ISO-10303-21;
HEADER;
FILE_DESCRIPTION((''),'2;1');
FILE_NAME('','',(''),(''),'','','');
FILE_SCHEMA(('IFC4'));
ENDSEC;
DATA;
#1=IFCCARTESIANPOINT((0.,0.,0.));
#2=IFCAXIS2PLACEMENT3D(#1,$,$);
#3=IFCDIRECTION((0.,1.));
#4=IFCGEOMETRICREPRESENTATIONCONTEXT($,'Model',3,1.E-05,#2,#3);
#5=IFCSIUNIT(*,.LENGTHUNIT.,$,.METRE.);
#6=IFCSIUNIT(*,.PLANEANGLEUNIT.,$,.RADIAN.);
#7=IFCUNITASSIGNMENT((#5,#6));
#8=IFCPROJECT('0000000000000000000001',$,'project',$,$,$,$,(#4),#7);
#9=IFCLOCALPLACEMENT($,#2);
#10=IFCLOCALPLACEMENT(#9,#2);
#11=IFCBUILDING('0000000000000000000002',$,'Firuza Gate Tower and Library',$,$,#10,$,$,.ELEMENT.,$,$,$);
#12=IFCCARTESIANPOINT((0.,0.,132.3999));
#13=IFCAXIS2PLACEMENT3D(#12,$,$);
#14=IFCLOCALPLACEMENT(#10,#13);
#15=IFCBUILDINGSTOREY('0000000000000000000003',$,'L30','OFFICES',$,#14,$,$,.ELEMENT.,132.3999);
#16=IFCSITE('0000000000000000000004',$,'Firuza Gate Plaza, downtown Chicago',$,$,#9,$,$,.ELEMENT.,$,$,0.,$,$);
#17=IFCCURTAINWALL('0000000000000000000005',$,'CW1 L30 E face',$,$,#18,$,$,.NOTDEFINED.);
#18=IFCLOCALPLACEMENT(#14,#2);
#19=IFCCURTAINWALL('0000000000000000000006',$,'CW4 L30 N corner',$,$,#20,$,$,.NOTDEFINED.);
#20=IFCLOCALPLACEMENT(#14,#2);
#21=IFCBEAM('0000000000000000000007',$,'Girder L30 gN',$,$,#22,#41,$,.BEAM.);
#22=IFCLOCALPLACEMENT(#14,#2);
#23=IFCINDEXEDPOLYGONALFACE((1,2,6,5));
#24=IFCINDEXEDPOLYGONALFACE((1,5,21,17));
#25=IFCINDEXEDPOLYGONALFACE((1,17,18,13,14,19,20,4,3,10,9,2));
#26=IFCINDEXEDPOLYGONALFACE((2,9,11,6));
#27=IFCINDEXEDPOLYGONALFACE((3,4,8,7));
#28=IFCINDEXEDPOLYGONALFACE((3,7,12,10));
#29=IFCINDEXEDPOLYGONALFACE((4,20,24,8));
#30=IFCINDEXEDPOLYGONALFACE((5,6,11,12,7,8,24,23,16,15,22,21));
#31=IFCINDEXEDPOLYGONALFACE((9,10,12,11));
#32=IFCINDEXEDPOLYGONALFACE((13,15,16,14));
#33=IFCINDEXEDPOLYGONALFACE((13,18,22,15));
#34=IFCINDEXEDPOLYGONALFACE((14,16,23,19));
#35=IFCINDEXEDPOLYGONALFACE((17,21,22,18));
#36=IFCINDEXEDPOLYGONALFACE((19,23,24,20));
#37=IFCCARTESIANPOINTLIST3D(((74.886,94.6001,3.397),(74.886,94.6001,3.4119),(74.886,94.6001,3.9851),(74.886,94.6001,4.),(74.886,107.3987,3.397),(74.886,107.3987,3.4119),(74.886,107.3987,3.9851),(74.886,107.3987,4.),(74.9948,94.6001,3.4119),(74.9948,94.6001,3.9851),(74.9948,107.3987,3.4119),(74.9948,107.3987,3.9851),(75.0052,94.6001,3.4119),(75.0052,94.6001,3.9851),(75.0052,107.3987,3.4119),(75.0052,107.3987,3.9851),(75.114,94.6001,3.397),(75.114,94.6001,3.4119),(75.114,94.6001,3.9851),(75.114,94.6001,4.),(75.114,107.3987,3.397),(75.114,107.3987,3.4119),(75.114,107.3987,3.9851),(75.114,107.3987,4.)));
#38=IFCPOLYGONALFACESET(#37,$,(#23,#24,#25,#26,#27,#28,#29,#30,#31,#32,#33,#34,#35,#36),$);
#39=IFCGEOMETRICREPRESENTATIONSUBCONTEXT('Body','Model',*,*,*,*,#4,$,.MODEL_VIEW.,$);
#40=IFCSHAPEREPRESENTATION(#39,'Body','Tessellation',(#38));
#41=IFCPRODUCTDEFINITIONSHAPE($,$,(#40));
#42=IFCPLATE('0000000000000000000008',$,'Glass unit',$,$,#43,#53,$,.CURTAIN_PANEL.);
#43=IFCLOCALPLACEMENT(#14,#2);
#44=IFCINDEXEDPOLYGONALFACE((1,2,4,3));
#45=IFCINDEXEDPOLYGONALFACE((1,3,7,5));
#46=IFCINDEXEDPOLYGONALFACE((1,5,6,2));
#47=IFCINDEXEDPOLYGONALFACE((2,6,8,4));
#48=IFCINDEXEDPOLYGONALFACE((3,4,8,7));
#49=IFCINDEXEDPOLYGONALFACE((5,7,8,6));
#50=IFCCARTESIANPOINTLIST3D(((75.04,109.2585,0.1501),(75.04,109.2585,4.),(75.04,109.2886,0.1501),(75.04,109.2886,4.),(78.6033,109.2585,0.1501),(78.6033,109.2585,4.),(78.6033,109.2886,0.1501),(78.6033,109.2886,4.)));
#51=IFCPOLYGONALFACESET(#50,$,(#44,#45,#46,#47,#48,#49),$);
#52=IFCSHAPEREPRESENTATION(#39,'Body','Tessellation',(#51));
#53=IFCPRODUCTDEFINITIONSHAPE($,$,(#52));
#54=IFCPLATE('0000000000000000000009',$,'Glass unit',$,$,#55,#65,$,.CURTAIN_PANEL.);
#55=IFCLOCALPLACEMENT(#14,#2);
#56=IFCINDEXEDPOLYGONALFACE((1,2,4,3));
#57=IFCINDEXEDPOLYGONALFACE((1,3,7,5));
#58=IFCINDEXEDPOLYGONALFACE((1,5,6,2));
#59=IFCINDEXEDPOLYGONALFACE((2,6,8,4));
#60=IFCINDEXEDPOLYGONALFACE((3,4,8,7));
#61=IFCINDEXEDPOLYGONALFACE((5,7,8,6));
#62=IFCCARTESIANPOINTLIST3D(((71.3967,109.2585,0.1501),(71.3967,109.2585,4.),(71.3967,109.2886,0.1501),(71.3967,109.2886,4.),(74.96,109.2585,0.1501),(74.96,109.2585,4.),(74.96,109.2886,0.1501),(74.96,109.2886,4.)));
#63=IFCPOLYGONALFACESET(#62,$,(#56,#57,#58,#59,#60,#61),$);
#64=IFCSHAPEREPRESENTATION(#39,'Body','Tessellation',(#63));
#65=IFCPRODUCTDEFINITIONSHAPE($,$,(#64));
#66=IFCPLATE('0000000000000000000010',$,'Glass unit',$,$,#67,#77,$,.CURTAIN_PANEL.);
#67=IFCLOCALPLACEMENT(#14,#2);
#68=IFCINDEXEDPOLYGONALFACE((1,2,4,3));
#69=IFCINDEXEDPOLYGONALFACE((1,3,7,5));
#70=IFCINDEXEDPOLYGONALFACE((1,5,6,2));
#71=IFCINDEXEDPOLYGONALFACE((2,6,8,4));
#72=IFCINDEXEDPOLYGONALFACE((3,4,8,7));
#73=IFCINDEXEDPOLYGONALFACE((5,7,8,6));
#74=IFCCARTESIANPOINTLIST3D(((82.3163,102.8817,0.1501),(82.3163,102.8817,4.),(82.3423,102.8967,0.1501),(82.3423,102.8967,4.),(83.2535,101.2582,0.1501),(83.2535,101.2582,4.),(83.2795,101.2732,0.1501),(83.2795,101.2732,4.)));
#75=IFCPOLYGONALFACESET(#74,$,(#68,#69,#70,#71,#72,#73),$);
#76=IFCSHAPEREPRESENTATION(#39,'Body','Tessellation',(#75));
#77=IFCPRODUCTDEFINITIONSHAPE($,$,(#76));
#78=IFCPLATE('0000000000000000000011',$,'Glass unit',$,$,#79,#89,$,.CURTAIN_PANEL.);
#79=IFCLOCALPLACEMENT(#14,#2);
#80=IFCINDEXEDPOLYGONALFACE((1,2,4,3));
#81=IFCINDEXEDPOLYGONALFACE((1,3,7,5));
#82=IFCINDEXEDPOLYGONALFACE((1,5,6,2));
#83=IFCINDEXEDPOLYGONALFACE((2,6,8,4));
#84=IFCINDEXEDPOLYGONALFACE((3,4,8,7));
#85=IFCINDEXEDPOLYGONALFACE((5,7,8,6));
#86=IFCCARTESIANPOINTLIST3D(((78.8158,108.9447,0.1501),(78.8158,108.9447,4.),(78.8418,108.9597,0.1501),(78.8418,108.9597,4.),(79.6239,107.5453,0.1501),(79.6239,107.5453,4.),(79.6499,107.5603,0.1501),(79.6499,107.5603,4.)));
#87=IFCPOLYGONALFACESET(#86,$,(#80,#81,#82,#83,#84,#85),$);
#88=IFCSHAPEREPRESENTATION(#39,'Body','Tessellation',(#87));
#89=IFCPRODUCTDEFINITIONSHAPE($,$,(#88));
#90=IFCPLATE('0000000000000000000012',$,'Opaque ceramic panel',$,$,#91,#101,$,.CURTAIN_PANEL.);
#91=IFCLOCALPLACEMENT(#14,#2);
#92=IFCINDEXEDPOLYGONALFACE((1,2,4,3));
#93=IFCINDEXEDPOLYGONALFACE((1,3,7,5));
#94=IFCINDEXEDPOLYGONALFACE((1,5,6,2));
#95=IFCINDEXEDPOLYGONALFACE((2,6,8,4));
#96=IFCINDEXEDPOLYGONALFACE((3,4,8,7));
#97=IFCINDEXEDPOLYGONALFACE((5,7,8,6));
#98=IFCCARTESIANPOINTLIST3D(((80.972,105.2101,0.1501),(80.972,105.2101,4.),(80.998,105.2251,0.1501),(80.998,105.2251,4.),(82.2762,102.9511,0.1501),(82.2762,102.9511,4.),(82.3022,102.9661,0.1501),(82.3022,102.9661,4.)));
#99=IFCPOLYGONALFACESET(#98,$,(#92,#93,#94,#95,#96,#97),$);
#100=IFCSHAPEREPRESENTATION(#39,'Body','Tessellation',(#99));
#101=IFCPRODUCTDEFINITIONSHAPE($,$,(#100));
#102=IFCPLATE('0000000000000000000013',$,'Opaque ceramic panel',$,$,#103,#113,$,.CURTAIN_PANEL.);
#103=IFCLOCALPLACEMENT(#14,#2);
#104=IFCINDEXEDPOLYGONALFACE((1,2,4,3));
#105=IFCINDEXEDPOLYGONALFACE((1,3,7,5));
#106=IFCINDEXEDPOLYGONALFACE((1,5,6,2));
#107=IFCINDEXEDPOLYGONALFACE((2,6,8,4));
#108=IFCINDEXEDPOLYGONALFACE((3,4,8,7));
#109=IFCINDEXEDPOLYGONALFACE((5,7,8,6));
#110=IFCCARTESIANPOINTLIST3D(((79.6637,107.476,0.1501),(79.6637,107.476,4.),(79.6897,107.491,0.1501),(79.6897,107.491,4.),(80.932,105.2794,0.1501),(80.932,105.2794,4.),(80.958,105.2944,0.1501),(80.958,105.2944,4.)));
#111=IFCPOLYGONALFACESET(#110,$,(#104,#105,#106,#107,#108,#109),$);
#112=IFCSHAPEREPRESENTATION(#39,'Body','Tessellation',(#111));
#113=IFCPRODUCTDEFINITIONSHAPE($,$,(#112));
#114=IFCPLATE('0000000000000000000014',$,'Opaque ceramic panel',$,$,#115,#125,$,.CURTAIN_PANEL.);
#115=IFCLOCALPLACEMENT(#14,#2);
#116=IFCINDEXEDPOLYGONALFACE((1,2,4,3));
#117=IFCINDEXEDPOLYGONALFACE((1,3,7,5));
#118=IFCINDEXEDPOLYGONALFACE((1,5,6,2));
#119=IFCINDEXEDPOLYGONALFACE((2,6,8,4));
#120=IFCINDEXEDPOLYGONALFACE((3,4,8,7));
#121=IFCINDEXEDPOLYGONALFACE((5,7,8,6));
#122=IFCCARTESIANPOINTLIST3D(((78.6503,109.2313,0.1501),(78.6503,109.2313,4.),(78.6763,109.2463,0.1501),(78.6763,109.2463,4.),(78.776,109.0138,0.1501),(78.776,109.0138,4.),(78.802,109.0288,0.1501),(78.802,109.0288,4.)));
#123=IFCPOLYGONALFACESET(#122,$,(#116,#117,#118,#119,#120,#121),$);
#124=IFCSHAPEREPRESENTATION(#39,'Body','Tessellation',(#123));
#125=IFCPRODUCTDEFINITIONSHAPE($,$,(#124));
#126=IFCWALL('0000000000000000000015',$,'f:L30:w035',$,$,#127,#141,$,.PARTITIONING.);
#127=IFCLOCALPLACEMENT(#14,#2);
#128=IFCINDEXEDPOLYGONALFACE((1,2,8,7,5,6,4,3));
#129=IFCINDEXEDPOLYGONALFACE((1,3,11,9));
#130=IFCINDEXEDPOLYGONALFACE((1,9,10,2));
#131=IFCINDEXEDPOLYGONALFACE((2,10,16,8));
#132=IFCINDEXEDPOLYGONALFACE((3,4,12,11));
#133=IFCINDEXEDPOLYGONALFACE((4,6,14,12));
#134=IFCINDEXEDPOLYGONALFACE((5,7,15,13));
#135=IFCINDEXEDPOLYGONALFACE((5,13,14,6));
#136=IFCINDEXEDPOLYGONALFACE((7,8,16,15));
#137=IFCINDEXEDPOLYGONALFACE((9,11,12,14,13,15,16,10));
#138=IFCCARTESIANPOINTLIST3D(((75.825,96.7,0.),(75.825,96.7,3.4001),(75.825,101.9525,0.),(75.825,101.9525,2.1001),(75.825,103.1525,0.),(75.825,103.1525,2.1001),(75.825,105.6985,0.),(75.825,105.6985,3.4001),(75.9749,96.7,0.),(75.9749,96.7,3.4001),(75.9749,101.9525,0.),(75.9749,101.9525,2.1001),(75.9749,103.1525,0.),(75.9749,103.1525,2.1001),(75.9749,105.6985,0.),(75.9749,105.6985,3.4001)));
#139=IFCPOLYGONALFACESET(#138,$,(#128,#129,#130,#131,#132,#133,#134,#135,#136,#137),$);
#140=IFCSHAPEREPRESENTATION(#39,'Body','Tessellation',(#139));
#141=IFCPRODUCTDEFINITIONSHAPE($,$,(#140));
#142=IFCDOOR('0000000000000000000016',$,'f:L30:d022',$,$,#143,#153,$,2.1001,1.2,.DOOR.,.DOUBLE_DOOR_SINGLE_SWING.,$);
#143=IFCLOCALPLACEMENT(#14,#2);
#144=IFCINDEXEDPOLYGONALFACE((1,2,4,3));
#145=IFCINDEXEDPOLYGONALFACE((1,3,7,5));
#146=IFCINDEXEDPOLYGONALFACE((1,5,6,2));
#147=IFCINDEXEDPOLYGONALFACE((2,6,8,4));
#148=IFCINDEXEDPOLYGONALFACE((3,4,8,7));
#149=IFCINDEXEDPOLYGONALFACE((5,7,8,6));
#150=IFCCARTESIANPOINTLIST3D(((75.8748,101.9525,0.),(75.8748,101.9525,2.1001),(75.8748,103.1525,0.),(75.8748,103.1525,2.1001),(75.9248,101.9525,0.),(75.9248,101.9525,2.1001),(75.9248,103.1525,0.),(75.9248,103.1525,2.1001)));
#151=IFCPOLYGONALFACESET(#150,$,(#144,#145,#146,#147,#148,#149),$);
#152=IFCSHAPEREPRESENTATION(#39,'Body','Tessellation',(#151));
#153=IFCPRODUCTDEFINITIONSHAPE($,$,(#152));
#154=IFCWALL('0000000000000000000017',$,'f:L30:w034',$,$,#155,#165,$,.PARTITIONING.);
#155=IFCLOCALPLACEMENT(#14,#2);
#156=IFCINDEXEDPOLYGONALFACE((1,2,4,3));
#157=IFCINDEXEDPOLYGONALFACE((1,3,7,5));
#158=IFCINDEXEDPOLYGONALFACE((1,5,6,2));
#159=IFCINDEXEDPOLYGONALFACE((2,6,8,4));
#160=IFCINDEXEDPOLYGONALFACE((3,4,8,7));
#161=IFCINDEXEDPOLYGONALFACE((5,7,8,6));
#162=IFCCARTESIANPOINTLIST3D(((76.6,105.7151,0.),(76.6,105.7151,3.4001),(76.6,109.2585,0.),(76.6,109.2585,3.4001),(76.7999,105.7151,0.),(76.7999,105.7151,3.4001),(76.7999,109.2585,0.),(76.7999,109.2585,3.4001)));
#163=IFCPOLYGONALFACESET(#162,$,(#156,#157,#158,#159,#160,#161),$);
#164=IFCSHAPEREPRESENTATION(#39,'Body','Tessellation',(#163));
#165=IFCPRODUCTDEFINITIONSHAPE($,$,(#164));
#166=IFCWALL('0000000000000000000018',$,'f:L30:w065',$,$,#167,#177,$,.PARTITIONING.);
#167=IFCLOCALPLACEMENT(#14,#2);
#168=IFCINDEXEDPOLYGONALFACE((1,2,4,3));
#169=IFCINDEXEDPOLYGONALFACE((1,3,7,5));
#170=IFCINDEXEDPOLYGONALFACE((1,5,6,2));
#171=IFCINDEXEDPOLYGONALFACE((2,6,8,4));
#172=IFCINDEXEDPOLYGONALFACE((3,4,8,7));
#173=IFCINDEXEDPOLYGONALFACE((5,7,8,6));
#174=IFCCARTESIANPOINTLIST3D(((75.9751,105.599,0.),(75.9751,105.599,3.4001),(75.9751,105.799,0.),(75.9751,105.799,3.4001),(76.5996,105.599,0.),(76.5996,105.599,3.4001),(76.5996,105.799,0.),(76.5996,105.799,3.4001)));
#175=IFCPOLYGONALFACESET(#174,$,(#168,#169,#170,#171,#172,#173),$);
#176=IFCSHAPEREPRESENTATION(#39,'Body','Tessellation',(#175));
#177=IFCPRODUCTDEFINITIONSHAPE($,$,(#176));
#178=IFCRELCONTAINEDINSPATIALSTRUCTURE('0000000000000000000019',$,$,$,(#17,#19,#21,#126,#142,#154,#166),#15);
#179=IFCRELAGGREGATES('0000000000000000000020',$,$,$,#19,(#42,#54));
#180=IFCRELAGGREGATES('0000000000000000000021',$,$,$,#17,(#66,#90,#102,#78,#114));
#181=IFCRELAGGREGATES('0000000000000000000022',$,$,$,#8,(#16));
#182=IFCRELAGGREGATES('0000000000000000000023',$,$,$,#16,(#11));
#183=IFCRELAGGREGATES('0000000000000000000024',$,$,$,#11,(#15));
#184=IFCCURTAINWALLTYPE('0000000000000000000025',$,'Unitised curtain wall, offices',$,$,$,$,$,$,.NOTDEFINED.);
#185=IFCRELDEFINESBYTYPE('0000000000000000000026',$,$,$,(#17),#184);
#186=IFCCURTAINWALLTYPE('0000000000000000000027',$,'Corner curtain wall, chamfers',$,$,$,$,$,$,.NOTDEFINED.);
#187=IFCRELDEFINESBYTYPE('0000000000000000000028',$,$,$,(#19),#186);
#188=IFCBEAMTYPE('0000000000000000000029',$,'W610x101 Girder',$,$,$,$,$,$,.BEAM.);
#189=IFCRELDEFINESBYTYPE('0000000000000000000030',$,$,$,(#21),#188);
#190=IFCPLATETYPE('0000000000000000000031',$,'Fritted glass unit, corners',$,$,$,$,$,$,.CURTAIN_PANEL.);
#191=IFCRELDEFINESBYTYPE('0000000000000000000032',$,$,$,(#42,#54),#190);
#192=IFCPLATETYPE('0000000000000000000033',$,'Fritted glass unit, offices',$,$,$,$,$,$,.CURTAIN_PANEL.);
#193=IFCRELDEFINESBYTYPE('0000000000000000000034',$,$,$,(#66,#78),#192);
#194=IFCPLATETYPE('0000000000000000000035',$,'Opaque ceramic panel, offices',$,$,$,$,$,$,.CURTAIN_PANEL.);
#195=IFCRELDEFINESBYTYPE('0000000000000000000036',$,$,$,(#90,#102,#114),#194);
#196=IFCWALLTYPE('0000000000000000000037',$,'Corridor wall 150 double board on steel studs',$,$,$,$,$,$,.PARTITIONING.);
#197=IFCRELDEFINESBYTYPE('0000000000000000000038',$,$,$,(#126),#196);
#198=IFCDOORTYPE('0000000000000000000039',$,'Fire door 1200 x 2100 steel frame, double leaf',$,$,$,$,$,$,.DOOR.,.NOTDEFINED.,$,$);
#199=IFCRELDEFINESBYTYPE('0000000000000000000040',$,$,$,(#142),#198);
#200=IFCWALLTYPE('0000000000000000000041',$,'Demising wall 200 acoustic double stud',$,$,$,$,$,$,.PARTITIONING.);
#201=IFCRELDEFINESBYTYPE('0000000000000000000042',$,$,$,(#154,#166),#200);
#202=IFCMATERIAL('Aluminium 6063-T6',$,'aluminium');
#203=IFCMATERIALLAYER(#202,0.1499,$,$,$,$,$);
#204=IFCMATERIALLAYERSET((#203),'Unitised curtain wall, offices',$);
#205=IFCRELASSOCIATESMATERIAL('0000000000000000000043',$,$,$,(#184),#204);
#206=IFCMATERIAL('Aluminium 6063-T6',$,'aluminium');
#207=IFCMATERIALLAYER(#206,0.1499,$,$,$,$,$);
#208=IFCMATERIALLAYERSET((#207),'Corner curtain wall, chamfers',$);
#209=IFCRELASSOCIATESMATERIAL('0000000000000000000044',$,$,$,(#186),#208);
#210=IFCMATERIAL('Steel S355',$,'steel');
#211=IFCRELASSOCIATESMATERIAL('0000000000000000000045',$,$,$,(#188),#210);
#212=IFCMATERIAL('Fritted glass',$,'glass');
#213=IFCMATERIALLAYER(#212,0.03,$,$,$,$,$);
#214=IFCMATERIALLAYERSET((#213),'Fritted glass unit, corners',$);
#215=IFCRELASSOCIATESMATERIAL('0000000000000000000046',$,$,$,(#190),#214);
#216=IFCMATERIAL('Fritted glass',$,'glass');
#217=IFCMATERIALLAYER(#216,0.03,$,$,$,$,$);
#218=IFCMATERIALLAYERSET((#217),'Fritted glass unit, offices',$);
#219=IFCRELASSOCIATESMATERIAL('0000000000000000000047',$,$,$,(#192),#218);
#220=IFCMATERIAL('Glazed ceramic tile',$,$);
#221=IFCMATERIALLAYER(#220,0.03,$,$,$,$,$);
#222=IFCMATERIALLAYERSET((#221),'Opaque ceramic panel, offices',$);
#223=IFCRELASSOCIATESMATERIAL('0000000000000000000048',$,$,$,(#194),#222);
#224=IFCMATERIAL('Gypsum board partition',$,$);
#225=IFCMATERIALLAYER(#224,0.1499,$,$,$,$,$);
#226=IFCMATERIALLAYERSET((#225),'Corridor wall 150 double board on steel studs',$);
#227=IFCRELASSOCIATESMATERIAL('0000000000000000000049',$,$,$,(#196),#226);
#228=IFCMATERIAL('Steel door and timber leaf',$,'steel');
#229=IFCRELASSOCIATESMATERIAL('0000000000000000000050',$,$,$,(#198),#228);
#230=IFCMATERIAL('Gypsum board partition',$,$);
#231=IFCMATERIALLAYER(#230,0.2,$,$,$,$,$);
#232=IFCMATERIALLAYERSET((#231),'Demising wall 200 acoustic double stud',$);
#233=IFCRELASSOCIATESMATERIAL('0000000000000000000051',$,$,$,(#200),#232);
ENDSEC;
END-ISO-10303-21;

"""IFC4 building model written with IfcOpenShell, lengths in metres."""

from ifc_helpers import new_model, si_unit, direction, frame, frame_2d, origin, origin_2d, place, context, subcontext, project, spatial, polyline, rectangle, i_section, outline, extrude, material, layer, layer_set, material_profile, profile_set, type_object, element, fill, aggregate, save


model = new_model("IFC4")

# Units and contexts
model_context = context("Model", 3, precision=1e-05, world=origin(), true_north=direction((0.0, 1.0)))
body_context = subcontext(model_context, "Body", "Model", "MODEL_VIEW")
ifc_project = project(units=[si_unit("LENGTHUNIT", "METRE"), si_unit("PLANEANGLEUNIT", "RADIAN")], contexts=[model_context])

# Site, building, storey
site_placement = place(None, origin())
site = spatial("IfcSite", under=ifc_project, at=site_placement, Name="Firuza Gate Plaza, downtown Chicago", CompositionType="ELEMENT", RefElevation=0.0)
building_placement = place(site_placement, origin())
building = spatial("IfcBuilding", under=site, at=building_placement, Name="Firuza Gate Tower and Library", CompositionType="ELEMENT")
storey_placement = place(building_placement, frame((0.0, 0.0, 132.3999)))
storey = spatial("IfcBuildingStorey", under=building, at=storey_placement, Name="L30", Description="OFFICES", CompositionType="ELEMENT", Elevation=132.3999)

# Curtain walls
ifc_material_1 = material(Name="Aluminium 6063-T6", Category="aluminium")
ifc_layer_1 = layer(ifc_material_1, 0.1499)
ifc_layer_set_1 = layer_set([ifc_layer_1], Name="Unitised curtain wall, offices")
curtain_wall_type_1 = type_object("IfcCurtainWallType", Name="Unitised curtain wall, offices", PredefinedType="NOTDEFINED", material=ifc_layer_set_1)
placement = place(storey_placement, origin())
curtain_wall_1 = element("IfcCurtainWall", 1, at=placement, inside=storey, type_object=curtain_wall_type_1, Name="CW1 L30 E face", PredefinedType="NOTDEFINED")
ifc_material_2 = material(Name="Aluminium 6063-T6", Category="aluminium")
ifc_layer_2 = layer(ifc_material_2, 0.1499)
ifc_layer_set_2 = layer_set([ifc_layer_2], Name="Corner curtain wall, chamfers")
curtain_wall_type_2 = type_object("IfcCurtainWallType", Name="Corner curtain wall, chamfers", PredefinedType="NOTDEFINED", material=ifc_layer_set_2)
curtain_wall_2 = element("IfcCurtainWall", 2, at=placement, inside=storey, type_object=curtain_wall_type_2, Name="CW4 L30 N corner", PredefinedType="NOTDEFINED")

# Beam
ifc_material_3 = material(Name="Steel S355", Category="steel")
ifc_material_profile_1 = material_profile(ifc_material_3, i_section(OverallWidth=0.228, OverallDepth=0.603, WebThickness=0.0105, FlangeThickness=0.0149, at=origin_2d()))
ifc_profile_set_1 = profile_set([ifc_material_profile_1], Name="Steel S355")
beam_type_1 = type_object("IfcBeamType", Name="W610x101 Girder", PredefinedType="BEAM", material=ifc_profile_set_1)
beam_1_placement = place(storey_placement, frame((75.0, 107.3987, 3.6985), z_axis=(0.0, -1.0, 0.0), x_axis=(1.0, 0.0, 0.0)))
element("IfcBeam", 3, at=beam_1_placement, inside=storey, type_object=beam_type_1, Name="Girder L30 gN", PredefinedType="BEAM", context=body_context, shape_type="SweptSolid", body=[
    extrude(i_section(OverallWidth=0.228, OverallDepth=0.603, WebThickness=0.0105, FlangeThickness=0.0149, at=origin_2d()), origin(), (0.0, 0.0, 1.0), 12.7986),
])

# Plates
ifc_material_4 = material(Name="Fritted glass", Category="glass")
ifc_layer_3 = layer(ifc_material_4, 0.03)
ifc_layer_set_3 = layer_set([ifc_layer_3], Name="Fritted glass unit, corners")
plate_type_1 = type_object("IfcPlateType", Name="Fritted glass unit, corners", PredefinedType="CURTAIN_PANEL", material=ifc_layer_set_3)
plate_1_placement = place(storey_placement, frame((78.6033, 109.2886, 0.1501), z_axis=(0.0, 1.0, 0.0), x_axis=(-1.0, 0.0, 0.0)))
plate_1 = element("IfcPlate", 4, at=plate_1_placement, type_object=plate_type_1, Name="Glass unit", PredefinedType="CURTAIN_PANEL", context=body_context, shape_type="SweptSolid", body=[
    extrude(outline(polyline([(0.0, 0.0), (3.5632, 0.0), (3.5632, 3.8499), (0.0, 3.8499), (0.0, 0.0)])), origin(), (0.0, 0.0, -1.0), 0.03),
])
plate_2_placement = place(storey_placement, frame((74.96, 109.2886, 0.1501), z_axis=(0.0, 1.0, 0.0), x_axis=(-1.0, 0.0, 0.0)))
plate_2 = element("IfcPlate", 5, at=plate_2_placement, type_object=plate_type_1, Name="Glass unit", PredefinedType="CURTAIN_PANEL", context=body_context, shape_type="SweptSolid", body=[
    extrude(outline(polyline([(0.0, 0.0), (3.5632, 0.0), (3.5632, 3.8499), (0.0, 3.8499), (0.0, 0.0)])), origin(), (0.0, 0.0, -1.0), 0.03),
])
aggregate(curtain_wall_2, [plate_1, plate_2])
ifc_material_5 = material(Name="Fritted glass", Category="glass")
ifc_layer_4 = layer(ifc_material_5, 0.03)
ifc_layer_set_4 = layer_set([ifc_layer_4], Name="Fritted glass unit, offices")
plate_type_2 = type_object("IfcPlateType", Name="Fritted glass unit, offices", PredefinedType="CURTAIN_PANEL", material=ifc_layer_set_4)
plate_3_placement = place(storey_placement, frame((83.2795, 101.2732, 0.1501), z_axis=(0.866047, 0.499963, 0.0), x_axis=(-0.499963, 0.866047, 0.0)))
plate_3 = element("IfcPlate", 6, at=plate_3_placement, type_object=plate_type_2, Name="Glass unit", PredefinedType="CURTAIN_PANEL", context=body_context, shape_type="SweptSolid", body=[
    extrude(outline(polyline([(0.0, 0.0), (1.8747, 0.0), (1.8747, 3.8499), (0.0, 3.8499), (0.0, 0.0)])), origin(), (0.0, 0.0, -1.0), 0.03),
])
plate_4_placement = place(storey_placement, frame((79.6499, 107.5603, 0.1501), z_axis=(0.865984, 0.500071, 0.0), x_axis=(-0.500071, 0.865984, 0.0)))
plate_4 = element("IfcPlate", 7, at=plate_4_placement, type_object=plate_type_2, Name="Glass unit", PredefinedType="CURTAIN_PANEL", context=body_context, shape_type="SweptSolid", body=[
    extrude(outline(polyline([(0.0, 0.0), (1.616, 0.0), (1.616, 3.8499), (0.0, 3.8499), (0.0, 0.0)])), origin(), (0.0, 0.0, -1.0), 0.03),
])
ifc_material_6 = material(Name="Glazed ceramic tile")
ifc_layer_5 = layer(ifc_material_6, 0.03)
ifc_layer_set_5 = layer_set([ifc_layer_5], Name="Opaque ceramic panel, offices")
plate_type_3 = type_object("IfcPlateType", Name="Opaque ceramic panel, offices", PredefinedType="CURTAIN_PANEL", material=ifc_layer_set_5)
plate_5_placement = place(storey_placement, frame((82.3022, 102.9661, 0.1501), z_axis=(0.866034, 0.499984, 0.0), x_axis=(-0.499984, 0.866034, 0.0)))
plate_5 = element("IfcPlate", 8, at=plate_5_placement, type_object=plate_type_3, Name="Opaque ceramic panel", PredefinedType="CURTAIN_PANEL", context=body_context, shape_type="SweptSolid", body=[
    extrude(outline(polyline([(0.0, 0.0), (2.6085, 0.0), (2.6085, 3.8499), (0.0, 3.8499), (0.0, 0.0)])), origin(), (0.0, 0.0, -1.0), 0.03),
])
plate_6_placement = place(storey_placement, frame((80.958, 105.2944, 0.1501), z_axis=(0.866001, 0.500042, 0.0), x_axis=(-0.500042, 0.866001, 0.0)))
plate_6 = element("IfcPlate", 9, at=plate_6_placement, type_object=plate_type_3, Name="Opaque ceramic panel", PredefinedType="CURTAIN_PANEL", context=body_context, shape_type="SweptSolid", body=[
    extrude(outline(polyline([(0.0, 0.0), (2.5364, 0.0), (2.5364, 3.8499), (0.0, 3.8499), (0.0, 0.0)])), origin(), (0.0, 0.0, -1.0), 0.03),
])
plate_7_placement = place(storey_placement, frame((78.802, 109.0288, 0.1501), z_axis=(0.865781, 0.500423, 0.0), x_axis=(-0.500423, 0.865781, 0.0)))
plate_7 = element("IfcPlate", 10, at=plate_7_placement, type_object=plate_type_3, Name="Opaque ceramic panel", PredefinedType="CURTAIN_PANEL", context=body_context, shape_type="SweptSolid", body=[
    extrude(outline(polyline([(0.0, 0.0), (0.2513, 0.0), (0.2513, 3.8499), (0.0, 3.8499), (0.0, 0.0)])), origin(), (0.0, 0.0, -1.0), 0.03),
])
aggregate(curtain_wall_1, [plate_3, plate_5, plate_6, plate_4, plate_7])

# Wall, opening, door
ifc_material_7 = material(Name="Gypsum board partition")
ifc_layer_6 = layer(ifc_material_7, 0.1499)
ifc_layer_set_6 = layer_set([ifc_layer_6], Name="Corridor wall 150 double board on steel studs")
wall_type_1 = type_object("IfcWallType", Name="Corridor wall 150 double board on steel studs", PredefinedType="PARTITIONING", material=ifc_layer_set_6)
wall_1_placement = place(storey_placement, frame((75.8999, 105.6985, 0.0), z_axis=(0.0, 0.0, 1.0), x_axis=(0.0, -1.0, 0.0)))
wall_1 = element("IfcWall", 11, at=wall_1_placement, inside=storey, type_object=wall_type_1, Name="f:L30:w035", PredefinedType="PARTITIONING", context=body_context, shape_type="SweptSolid", body=[
    extrude(rectangle(XDim=8.9985, YDim=0.1499, at=frame_2d((4.4993, 0.0))), origin(), (0.0, 0.0, 1.0), 3.4001),
])
opening_1_placement = place(wall_1_placement, frame((2.5459, 0.0, 0.0)))
opening_1 = element("IfcOpeningElement", 12, at=opening_1_placement, cuts=wall_1, PredefinedType="OPENING", context=body_context, shape_type="SweptSolid", body=[
    extrude(rectangle(XDim=1.2, YDim=2.1001, at=frame_2d((0.6001, 1.05))), frame((0.0, 0.085, 0.0), z_axis=(0.0, -1.0, 0.0), x_axis=(1.0, 0.0, 0.0)), (0.0, 0.0, 1.0), 0.1699),
])
ifc_material_8 = material(Name="Steel door and timber leaf", Category="steel")
door_type_1 = type_object("IfcDoorType", Name="Fire door 1200 x 2100 steel frame, double leaf", OperationType="NOTDEFINED", PredefinedType="DOOR", material=ifc_material_8)
door_1_placement = place(opening_1_placement, origin())
door_1 = element("IfcDoor", 13, at=door_1_placement, inside=storey, type_object=door_type_1, Name="f:L30:d022", OperationType="DOUBLE_DOOR_SINGLE_SWING", OverallHeight=2.1001, OverallWidth=1.2, PredefinedType="DOOR", context=body_context, shape_type="SweptSolid", body=[
    extrude(rectangle(XDim=1.2, YDim=2.1001, at=frame_2d((0.6001, 1.05))), frame((0.0, 0.0249, 0.0), z_axis=(0.0, -1.0, 0.0), x_axis=(1.0, 0.0, 0.0)), (0.0, 0.0, 1.0), 0.05),
])
fill(opening_1, door_1)

# Walls
ifc_material_9 = material(Name="Gypsum board partition")
ifc_layer_7 = layer(ifc_material_9, 0.2)
ifc_layer_set_7 = layer_set([ifc_layer_7], Name="Demising wall 200 acoustic double stud")
wall_type_2 = type_object("IfcWallType", Name="Demising wall 200 acoustic double stud", PredefinedType="PARTITIONING", material=ifc_layer_set_7)
wall_2_placement = place(storey_placement, frame((76.7, 105.7151, 0.0), z_axis=(0.0, 0.0, 1.0), x_axis=(0.0, 1.0, 0.0)))
element("IfcWall", 14, at=wall_2_placement, inside=storey, type_object=wall_type_2, Name="f:L30:w034", PredefinedType="PARTITIONING", context=body_context, shape_type="SweptSolid", body=[
    extrude(rectangle(XDim=3.5435, YDim=0.2, at=frame_2d((1.7717, 0.0))), origin(), (0.0, 0.0, 1.0), 3.4001),
])
wall_3_placement = place(storey_placement, frame((75.9751, 105.699, 0.0), z_axis=(0.0, 0.0, 1.0), x_axis=(1.0, 0.0, 0.0)))
element("IfcWall", 15, at=wall_3_placement, inside=storey, type_object=wall_type_2, Name="f:L30:w065", PredefinedType="PARTITIONING", context=body_context, shape_type="SweptSolid", body=[
    extrude(rectangle(XDim=0.6245, YDim=0.2, at=frame_2d((0.3123, 0.0))), origin(), (0.0, 0.0, 1.0), 3.4001),
])

save(model, "model.ifc")
